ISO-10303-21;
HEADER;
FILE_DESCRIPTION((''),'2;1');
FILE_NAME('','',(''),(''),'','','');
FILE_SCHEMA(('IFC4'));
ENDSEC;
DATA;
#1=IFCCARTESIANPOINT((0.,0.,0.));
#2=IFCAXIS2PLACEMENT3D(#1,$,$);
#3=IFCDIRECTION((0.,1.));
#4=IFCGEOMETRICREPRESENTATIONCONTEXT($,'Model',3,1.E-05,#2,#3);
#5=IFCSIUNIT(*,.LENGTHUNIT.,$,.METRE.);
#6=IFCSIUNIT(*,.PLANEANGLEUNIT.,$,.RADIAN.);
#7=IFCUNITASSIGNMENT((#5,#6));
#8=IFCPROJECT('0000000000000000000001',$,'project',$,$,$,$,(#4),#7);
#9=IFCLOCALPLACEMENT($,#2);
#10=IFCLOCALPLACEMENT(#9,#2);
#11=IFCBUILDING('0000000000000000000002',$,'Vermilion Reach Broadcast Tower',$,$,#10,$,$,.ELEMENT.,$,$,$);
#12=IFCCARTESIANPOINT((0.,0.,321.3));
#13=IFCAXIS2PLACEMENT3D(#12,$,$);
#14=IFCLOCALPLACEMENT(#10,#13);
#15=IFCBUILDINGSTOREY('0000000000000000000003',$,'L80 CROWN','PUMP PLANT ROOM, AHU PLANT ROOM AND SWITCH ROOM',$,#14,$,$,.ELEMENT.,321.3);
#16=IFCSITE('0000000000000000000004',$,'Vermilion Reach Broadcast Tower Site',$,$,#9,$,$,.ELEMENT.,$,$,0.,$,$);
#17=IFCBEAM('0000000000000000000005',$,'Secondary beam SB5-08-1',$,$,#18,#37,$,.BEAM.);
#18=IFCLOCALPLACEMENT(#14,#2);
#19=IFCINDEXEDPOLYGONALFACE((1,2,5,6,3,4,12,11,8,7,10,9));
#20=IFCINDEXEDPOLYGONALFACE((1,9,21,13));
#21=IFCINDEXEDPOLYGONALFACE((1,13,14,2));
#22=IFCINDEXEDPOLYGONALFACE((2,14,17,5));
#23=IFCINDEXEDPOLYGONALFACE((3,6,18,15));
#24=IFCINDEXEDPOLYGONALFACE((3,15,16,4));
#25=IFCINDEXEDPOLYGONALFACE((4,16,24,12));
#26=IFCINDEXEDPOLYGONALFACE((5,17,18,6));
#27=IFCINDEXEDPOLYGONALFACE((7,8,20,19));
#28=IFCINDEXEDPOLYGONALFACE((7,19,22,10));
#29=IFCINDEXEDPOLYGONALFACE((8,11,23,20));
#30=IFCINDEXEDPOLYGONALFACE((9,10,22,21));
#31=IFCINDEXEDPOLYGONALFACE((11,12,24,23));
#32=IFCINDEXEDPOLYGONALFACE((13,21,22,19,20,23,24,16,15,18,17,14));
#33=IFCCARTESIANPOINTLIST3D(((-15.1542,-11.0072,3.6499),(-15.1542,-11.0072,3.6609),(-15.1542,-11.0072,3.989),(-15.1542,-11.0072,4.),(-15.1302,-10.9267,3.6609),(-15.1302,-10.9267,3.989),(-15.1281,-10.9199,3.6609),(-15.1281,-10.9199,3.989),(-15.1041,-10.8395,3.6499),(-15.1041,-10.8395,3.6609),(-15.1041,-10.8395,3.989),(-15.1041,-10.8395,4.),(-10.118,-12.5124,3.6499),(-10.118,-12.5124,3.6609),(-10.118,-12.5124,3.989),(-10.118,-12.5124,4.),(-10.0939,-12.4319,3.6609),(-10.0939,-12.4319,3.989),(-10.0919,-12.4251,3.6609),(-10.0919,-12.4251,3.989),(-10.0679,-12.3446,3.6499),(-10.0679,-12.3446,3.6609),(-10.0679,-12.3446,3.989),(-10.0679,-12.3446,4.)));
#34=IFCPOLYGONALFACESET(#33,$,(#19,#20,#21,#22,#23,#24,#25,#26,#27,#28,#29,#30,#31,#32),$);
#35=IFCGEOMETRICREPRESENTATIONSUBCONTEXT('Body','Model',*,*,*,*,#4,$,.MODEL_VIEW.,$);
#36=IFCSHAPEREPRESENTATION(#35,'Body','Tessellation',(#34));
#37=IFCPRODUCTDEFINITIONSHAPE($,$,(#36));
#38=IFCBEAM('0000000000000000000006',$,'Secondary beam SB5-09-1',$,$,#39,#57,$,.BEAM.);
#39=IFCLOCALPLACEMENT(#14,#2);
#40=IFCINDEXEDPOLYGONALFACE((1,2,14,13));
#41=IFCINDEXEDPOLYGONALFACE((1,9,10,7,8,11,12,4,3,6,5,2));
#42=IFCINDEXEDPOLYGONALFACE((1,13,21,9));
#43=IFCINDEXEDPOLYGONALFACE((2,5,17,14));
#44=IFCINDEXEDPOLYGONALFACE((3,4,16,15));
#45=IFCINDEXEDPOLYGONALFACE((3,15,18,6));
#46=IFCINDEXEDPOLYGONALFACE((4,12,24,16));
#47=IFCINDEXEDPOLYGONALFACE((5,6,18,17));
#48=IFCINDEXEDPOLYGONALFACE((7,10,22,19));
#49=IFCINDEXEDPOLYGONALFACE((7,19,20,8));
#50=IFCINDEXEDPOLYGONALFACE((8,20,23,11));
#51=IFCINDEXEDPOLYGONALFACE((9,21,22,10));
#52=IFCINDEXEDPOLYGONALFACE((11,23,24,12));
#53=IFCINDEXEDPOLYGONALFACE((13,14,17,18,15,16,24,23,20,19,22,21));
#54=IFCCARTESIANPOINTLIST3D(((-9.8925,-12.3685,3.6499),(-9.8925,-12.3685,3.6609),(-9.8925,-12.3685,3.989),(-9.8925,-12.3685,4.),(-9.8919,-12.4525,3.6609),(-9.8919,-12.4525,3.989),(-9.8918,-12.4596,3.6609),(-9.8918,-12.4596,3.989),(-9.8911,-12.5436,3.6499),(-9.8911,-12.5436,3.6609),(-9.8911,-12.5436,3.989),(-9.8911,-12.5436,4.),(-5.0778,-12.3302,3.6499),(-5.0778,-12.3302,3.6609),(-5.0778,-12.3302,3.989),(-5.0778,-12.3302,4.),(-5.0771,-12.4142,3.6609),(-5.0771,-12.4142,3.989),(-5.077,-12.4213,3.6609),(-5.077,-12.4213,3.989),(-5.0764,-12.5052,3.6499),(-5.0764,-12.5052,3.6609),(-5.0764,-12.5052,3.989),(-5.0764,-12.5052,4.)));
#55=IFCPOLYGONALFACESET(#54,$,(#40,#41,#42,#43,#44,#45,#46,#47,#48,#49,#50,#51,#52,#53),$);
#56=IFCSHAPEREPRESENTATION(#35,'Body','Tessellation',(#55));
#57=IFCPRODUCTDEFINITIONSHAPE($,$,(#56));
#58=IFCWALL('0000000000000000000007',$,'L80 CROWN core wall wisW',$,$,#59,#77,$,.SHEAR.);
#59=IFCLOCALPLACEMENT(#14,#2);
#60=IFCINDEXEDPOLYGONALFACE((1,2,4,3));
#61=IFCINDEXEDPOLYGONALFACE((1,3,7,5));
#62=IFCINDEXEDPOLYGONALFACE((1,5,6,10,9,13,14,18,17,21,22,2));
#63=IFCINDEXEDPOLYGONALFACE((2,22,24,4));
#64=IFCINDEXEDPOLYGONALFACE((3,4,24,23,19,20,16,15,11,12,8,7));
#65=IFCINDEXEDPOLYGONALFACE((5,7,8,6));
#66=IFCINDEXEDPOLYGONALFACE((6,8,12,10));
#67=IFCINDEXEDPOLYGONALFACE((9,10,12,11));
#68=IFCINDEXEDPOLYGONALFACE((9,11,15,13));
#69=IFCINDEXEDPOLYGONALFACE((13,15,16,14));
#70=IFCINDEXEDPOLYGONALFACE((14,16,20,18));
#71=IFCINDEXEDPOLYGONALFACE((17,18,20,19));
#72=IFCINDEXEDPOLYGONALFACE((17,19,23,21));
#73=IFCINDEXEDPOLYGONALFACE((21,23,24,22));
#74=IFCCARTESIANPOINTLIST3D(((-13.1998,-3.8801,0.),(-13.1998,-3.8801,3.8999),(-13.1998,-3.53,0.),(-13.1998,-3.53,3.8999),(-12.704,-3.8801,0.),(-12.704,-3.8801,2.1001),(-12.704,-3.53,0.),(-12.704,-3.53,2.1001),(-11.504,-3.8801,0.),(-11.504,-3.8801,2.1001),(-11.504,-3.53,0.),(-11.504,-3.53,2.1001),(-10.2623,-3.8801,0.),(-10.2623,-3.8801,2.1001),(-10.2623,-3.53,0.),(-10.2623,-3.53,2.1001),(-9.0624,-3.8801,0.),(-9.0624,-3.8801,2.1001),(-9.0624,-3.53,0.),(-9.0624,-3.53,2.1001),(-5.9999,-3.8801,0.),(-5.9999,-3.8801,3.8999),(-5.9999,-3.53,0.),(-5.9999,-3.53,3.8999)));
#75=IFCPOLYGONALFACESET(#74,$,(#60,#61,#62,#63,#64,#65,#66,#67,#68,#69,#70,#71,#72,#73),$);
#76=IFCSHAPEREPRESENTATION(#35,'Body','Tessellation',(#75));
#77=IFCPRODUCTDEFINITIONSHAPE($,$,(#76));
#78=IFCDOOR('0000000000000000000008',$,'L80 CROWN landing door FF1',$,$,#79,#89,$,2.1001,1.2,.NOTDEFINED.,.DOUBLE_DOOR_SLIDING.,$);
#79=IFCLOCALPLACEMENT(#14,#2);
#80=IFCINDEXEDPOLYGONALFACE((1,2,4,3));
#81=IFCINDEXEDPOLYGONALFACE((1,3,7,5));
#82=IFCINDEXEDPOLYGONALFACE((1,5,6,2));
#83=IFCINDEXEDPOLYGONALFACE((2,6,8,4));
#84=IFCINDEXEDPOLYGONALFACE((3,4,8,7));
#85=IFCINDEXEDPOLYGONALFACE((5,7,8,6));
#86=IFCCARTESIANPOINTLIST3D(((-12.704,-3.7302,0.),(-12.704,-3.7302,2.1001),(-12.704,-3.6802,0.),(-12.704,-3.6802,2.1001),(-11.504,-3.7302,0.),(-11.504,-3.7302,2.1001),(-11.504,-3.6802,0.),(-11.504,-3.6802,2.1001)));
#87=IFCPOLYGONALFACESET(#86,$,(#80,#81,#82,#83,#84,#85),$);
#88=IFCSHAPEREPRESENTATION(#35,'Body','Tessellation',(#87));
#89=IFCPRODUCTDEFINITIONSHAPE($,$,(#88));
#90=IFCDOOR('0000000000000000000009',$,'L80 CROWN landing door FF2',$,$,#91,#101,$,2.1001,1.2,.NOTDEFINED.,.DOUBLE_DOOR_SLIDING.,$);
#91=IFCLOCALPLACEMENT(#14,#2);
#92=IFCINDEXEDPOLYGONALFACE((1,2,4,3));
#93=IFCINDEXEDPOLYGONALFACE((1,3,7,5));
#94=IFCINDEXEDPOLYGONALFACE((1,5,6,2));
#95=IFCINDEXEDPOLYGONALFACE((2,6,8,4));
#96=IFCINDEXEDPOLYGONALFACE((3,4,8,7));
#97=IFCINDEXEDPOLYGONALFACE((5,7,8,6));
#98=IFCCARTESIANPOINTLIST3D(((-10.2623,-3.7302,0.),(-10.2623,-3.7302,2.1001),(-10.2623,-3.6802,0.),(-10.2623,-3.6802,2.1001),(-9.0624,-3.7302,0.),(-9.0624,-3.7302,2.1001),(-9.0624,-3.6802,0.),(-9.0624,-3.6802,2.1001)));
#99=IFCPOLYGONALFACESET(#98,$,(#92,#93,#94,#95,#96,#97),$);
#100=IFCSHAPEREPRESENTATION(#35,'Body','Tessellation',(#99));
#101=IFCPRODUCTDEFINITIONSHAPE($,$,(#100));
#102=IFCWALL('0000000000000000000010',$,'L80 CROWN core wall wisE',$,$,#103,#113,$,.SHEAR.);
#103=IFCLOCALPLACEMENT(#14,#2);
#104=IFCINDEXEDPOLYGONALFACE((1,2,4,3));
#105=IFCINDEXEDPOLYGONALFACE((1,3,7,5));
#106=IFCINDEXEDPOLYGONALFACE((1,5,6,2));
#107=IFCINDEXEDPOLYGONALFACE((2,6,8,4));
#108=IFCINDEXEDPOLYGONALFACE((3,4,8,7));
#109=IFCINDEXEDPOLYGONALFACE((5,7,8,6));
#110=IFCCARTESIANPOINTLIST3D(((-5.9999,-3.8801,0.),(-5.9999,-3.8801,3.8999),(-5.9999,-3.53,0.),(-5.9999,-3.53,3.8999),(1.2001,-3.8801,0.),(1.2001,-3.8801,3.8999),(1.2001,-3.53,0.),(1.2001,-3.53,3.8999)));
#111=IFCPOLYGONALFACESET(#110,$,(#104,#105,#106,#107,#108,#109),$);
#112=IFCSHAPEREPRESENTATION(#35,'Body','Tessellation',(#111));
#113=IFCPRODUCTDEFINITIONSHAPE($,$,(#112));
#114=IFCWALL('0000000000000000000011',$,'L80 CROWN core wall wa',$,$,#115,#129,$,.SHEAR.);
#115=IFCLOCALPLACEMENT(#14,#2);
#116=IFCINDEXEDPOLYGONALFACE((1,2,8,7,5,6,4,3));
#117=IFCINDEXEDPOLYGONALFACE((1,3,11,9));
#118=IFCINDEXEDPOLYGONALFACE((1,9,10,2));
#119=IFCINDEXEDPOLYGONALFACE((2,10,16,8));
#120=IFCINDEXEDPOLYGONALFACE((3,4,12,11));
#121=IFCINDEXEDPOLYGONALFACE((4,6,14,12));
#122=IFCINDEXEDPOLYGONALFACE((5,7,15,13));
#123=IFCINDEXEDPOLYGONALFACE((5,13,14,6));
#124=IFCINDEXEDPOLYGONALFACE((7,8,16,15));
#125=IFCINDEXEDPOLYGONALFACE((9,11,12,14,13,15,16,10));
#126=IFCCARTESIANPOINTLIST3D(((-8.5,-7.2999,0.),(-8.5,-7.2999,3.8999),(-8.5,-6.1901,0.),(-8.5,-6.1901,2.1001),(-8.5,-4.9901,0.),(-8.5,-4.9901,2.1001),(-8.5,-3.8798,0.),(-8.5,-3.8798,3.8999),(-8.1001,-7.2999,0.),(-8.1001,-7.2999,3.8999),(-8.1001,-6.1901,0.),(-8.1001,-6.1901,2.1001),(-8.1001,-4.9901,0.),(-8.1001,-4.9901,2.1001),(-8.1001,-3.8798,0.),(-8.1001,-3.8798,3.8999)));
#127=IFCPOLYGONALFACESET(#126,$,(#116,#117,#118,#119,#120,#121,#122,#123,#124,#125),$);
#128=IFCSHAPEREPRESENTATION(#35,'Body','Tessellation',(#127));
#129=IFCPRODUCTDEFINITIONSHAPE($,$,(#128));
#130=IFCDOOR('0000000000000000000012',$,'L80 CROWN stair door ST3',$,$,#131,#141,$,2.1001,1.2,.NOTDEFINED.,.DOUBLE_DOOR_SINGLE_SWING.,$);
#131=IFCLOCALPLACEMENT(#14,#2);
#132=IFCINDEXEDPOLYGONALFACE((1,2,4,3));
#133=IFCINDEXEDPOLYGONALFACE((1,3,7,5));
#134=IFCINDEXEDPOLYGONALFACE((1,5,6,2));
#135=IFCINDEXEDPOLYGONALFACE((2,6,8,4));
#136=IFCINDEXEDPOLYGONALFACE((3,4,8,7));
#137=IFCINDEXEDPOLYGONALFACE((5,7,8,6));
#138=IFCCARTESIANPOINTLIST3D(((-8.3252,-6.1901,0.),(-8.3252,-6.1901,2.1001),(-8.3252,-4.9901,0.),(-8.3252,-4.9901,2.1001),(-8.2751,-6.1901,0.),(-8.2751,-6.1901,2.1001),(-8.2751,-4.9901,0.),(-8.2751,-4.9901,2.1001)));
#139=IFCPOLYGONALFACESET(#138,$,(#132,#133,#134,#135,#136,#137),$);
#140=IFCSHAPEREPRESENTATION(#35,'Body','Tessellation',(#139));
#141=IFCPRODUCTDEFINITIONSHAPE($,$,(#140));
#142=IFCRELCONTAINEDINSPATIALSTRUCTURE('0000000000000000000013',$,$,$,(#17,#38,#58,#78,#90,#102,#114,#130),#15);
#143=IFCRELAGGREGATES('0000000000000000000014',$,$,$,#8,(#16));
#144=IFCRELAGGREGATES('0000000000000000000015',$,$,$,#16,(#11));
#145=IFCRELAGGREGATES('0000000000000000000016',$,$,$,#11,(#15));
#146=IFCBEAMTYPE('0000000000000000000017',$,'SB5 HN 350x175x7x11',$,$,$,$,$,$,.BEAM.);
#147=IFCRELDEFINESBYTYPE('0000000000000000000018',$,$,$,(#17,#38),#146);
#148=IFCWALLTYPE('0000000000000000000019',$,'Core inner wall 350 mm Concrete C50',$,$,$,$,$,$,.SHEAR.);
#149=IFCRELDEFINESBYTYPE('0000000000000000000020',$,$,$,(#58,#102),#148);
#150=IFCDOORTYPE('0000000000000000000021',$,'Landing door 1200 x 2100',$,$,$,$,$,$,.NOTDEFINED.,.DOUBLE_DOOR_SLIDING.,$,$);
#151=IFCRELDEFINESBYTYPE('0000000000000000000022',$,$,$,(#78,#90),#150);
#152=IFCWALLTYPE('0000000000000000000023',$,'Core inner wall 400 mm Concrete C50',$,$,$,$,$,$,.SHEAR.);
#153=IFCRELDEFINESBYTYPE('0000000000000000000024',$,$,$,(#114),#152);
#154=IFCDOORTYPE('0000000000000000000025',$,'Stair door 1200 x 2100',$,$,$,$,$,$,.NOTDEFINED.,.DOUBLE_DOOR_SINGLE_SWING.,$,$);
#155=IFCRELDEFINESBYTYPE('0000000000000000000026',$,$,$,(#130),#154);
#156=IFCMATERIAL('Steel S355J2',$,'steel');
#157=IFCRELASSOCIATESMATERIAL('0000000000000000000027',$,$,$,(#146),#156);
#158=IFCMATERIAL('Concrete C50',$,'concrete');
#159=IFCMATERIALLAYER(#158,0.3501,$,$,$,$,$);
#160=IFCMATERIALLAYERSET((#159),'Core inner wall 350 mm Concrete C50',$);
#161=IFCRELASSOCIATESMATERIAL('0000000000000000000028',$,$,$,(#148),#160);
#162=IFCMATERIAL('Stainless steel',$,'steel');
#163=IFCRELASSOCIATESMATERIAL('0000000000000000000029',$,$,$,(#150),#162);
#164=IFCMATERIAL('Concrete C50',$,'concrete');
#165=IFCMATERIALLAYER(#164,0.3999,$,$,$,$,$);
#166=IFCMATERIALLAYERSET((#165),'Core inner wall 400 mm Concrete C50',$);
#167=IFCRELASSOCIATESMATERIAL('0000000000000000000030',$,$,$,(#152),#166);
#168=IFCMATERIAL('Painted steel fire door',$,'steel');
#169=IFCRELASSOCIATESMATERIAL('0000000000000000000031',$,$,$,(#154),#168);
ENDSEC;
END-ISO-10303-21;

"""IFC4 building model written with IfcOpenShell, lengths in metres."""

from ifc_helpers import new_model, si_unit, direction, frame, frame_2d, origin, origin_2d, place, context, subcontext, project, spatial, rectangle, i_section, extrude, material, layer, layer_set, material_profile, profile_set, type_object, element, fill, save


model = new_model("IFC4")

# Units and contexts
model_context = context("Model", 3, precision=1e-05, world=origin(), true_north=direction((0.0, 1.0)))
body_context = subcontext(model_context, "Body", "Model", "MODEL_VIEW")
ifc_project = project(units=[si_unit("LENGTHUNIT", "METRE"), si_unit("PLANEANGLEUNIT", "RADIAN")], contexts=[model_context])

# Site, building, storey
site_placement = place(None, origin())
site = spatial("IfcSite", under=ifc_project, at=site_placement, Name="Vermilion Reach Broadcast Tower Site", CompositionType="ELEMENT", RefElevation=0.0)
building_placement = place(site_placement, origin())
building = spatial("IfcBuilding", under=site, at=building_placement, Name="Vermilion Reach Broadcast Tower", CompositionType="ELEMENT")
storey_placement = place(building_placement, frame((0.0, 0.0, 321.3)))
storey = spatial("IfcBuildingStorey", under=building, at=storey_placement, Name="L80 CROWN", Description="PUMP PLANT ROOM, AHU PLANT ROOM AND SWITCH ROOM", CompositionType="ELEMENT", Elevation=321.3)

# Beams
ifc_material_1 = material(Name="Steel S355J2", Category="steel")
ifc_material_profile_1 = material_profile(ifc_material_1, i_section(OverallWidth=0.175, OverallDepth=0.3501, WebThickness=0.0071, FlangeThickness=0.011, at=origin_2d()), Name="S355J2 HN 350x175x7x11")
ifc_profile_set_1 = profile_set([ifc_material_profile_1], Name="Steel S355J2")
beam_type_1 = type_object("IfcBeamType", Name="SB5 HN 350x175x7x11", PredefinedType="BEAM", material=ifc_profile_set_1)
beam_1_placement = place(storey_placement, frame((-15.1292, -10.9233, 3.825), z_axis=(0.958125, -0.286351, 0.0), x_axis=(0.286351, 0.958125, 0.0)))
element("IfcBeam", 1, at=beam_1_placement, inside=storey, type_object=beam_type_1, Name="Secondary beam SB5-08-1", PredefinedType="BEAM", context=body_context, shape_type="SweptSolid", body=[
    extrude(i_section(OverallWidth=0.175, OverallDepth=0.3501, WebThickness=0.0071, FlangeThickness=0.011, at=origin_2d()), origin(), (0.0, 0.0, 1.0), 5.2563),
])
beam_2_placement = place(storey_placement, frame((-9.8918, -12.4561, 3.825), z_axis=(0.999968, 0.007961, 0.0), x_axis=(-0.007961, 0.999968, 0.0)))
element("IfcBeam", 2, at=beam_2_placement, inside=storey, type_object=beam_type_1, Name="Secondary beam SB5-09-1", PredefinedType="BEAM", context=body_context, shape_type="SweptSolid", body=[
    extrude(i_section(OverallWidth=0.175, OverallDepth=0.3501, WebThickness=0.0071, FlangeThickness=0.011, at=origin_2d()), origin(), (0.0, 0.0, 1.0), 4.8149),
])

# Wall, openings, doors
ifc_material_2 = material(Name="Concrete C50", Category="concrete")
ifc_layer_1 = layer(ifc_material_2, 0.3501)
ifc_layer_set_1 = layer_set([ifc_layer_1], Name="Core inner wall 350 mm Concrete C50")
wall_type_1 = type_object("IfcWallType", Name="Core inner wall 350 mm Concrete C50", PredefinedType="SHEAR", material=ifc_layer_set_1)
wall_1_placement = place(storey_placement, frame((-13.2, -3.7051, 0.0), z_axis=(0.0, 0.0, 1.0), x_axis=(1.0, 0.0, 0.0)))
wall_1 = element("IfcWall", 3, at=wall_1_placement, inside=storey, type_object=wall_type_1, Name="L80 CROWN core wall wisW", PredefinedType="SHEAR", context=body_context, shape_type="SweptSolid", body=[
    extrude(rectangle(XDim=7.2, YDim=0.3501, at=frame_2d((3.6001, 0.0))), origin(), (0.0, 0.0, 1.0), 3.8999),
])
opening_1_placement = place(wall_1_placement, frame((0.4958, 0.0, 0.0)))
opening_1 = element("IfcOpeningElement", 4, at=opening_1_placement, cuts=wall_1, PredefinedType="OPENING", context=body_context, shape_type="SweptSolid", body=[
    extrude(rectangle(XDim=1.2, YDim=2.1001, at=frame_2d((0.6001, 1.05))), frame((0.0, 0.1851, 0.0), z_axis=(0.0, -1.0, 0.0), x_axis=(1.0, 0.0, 0.0)), (0.0, 0.0, 1.0), 0.3701),
])
opening_2_placement = place(wall_1_placement, frame((2.9375, 0.0, 0.0)))
opening_2 = element("IfcOpeningElement", 5, at=opening_2_placement, cuts=wall_1, PredefinedType="OPENING", context=body_context, shape_type="SweptSolid", body=[
    extrude(rectangle(XDim=1.2, YDim=2.1001, at=frame_2d((0.6001, 1.05))), frame((0.0, 0.1851, 0.0), z_axis=(0.0, -1.0, 0.0), x_axis=(1.0, 0.0, 0.0)), (0.0, 0.0, 1.0), 0.3701),
])
ifc_material_3 = material(Name="Stainless steel", Category="steel")
door_type_1 = type_object("IfcDoorType", Name="Landing door 1200 x 2100", OperationType="DOUBLE_DOOR_SLIDING", PredefinedType="NOTDEFINED", material=ifc_material_3)
door_1_placement = place(opening_1_placement, origin())
door_1 = element("IfcDoor", 6, at=door_1_placement, inside=storey, type_object=door_type_1, Name="L80 CROWN landing door FF1", OperationType="DOUBLE_DOOR_SLIDING", OverallHeight=2.1001, OverallWidth=1.2, PredefinedType="NOTDEFINED", context=body_context, shape_type="SweptSolid", body=[
    extrude(rectangle(XDim=1.2, YDim=2.1001, at=frame_2d((0.6001, 1.05))), frame((0.0, 0.0249, 0.0), z_axis=(0.0, -1.0, 0.0), x_axis=(1.0, 0.0, 0.0)), (0.0, 0.0, 1.0), 0.05),
])
fill(opening_1, door_1)
door_2_placement = place(opening_2_placement, origin())
door_2 = element("IfcDoor", 7, at=door_2_placement, inside=storey, type_object=door_type_1, Name="L80 CROWN landing door FF2", OperationType="DOUBLE_DOOR_SLIDING", OverallHeight=2.1001, OverallWidth=1.2, PredefinedType="NOTDEFINED", context=body_context, shape_type="SweptSolid", body=[
    extrude(rectangle(XDim=1.2, YDim=2.1001, at=frame_2d((0.6001, 1.05))), frame((0.0, 0.0249, 0.0), z_axis=(0.0, -1.0, 0.0), x_axis=(1.0, 0.0, 0.0)), (0.0, 0.0, 1.0), 0.05),
])
fill(opening_2, door_2)

# Wall
wall_2_placement = place(storey_placement, frame((-6.0, -3.7051, 0.0), z_axis=(0.0, 0.0, 1.0), x_axis=(1.0, 0.0, 0.0)))
element("IfcWall", 8, at=wall_2_placement, inside=storey, type_object=wall_type_1, Name="L80 CROWN core wall wisE", PredefinedType="SHEAR", context=body_context, shape_type="SweptSolid", body=[
    extrude(rectangle(XDim=7.2, YDim=0.3501, at=frame_2d((3.6001, 0.0))), origin(), (0.0, 0.0, 1.0), 3.8999),
])

# Wall, opening, door
ifc_material_4 = material(Name="Concrete C50", Category="concrete")
ifc_layer_2 = layer(ifc_material_4, 0.3999)
ifc_layer_set_2 = layer_set([ifc_layer_2], Name="Core inner wall 400 mm Concrete C50")
wall_type_2 = type_object("IfcWallType", Name="Core inner wall 400 mm Concrete C50", PredefinedType="SHEAR", material=ifc_layer_set_2)
wall_3_placement = place(storey_placement, frame((-8.3, -3.8799, 0.0), z_axis=(0.0, 0.0, 1.0), x_axis=(0.0, -1.0, 0.0)))
wall_3 = element("IfcWall", 9, at=wall_3_placement, inside=storey, type_object=wall_type_2, Name="L80 CROWN core wall wa", PredefinedType="SHEAR", context=body_context, shape_type="SweptSolid", body=[
    extrude(rectangle(XDim=3.4202, YDim=0.3999, at=frame_2d((1.71, 0.0))), origin(), (0.0, 0.0, 1.0), 3.8999),
])
opening_3_placement = place(wall_3_placement, frame((1.1101, 0.0, 0.0)))
opening_3 = element("IfcOpeningElement", 10, at=opening_3_placement, cuts=wall_3, PredefinedType="OPENING", context=body_context, shape_type="SweptSolid", body=[
    extrude(rectangle(XDim=1.2, YDim=2.1001, at=frame_2d((0.6001, 1.05))), frame((0.0, 0.21, 0.0), z_axis=(0.0, -1.0, 0.0), x_axis=(1.0, 0.0, 0.0)), (0.0, 0.0, 1.0), 0.4199),
])
ifc_material_5 = material(Name="Painted steel fire door", Category="steel")
door_type_2 = type_object("IfcDoorType", Name="Stair door 1200 x 2100", OperationType="DOUBLE_DOOR_SINGLE_SWING", PredefinedType="NOTDEFINED", material=ifc_material_5)
door_3_placement = place(opening_3_placement, origin())
door_3 = element("IfcDoor", 11, at=door_3_placement, inside=storey, type_object=door_type_2, Name="L80 CROWN stair door ST3", OperationType="DOUBLE_DOOR_SINGLE_SWING", OverallHeight=2.1001, OverallWidth=1.2, PredefinedType="NOTDEFINED", context=body_context, shape_type="SweptSolid", body=[
    extrude(rectangle(XDim=1.2, YDim=2.1001, at=frame_2d((0.6001, 1.05))), frame((0.0, 0.0249, 0.0), z_axis=(0.0, -1.0, 0.0), x_axis=(1.0, 0.0, 0.0)), (0.0, 0.0, 1.0), 0.05),
])
fill(opening_3, door_3)

save(model, "model.ifc")
